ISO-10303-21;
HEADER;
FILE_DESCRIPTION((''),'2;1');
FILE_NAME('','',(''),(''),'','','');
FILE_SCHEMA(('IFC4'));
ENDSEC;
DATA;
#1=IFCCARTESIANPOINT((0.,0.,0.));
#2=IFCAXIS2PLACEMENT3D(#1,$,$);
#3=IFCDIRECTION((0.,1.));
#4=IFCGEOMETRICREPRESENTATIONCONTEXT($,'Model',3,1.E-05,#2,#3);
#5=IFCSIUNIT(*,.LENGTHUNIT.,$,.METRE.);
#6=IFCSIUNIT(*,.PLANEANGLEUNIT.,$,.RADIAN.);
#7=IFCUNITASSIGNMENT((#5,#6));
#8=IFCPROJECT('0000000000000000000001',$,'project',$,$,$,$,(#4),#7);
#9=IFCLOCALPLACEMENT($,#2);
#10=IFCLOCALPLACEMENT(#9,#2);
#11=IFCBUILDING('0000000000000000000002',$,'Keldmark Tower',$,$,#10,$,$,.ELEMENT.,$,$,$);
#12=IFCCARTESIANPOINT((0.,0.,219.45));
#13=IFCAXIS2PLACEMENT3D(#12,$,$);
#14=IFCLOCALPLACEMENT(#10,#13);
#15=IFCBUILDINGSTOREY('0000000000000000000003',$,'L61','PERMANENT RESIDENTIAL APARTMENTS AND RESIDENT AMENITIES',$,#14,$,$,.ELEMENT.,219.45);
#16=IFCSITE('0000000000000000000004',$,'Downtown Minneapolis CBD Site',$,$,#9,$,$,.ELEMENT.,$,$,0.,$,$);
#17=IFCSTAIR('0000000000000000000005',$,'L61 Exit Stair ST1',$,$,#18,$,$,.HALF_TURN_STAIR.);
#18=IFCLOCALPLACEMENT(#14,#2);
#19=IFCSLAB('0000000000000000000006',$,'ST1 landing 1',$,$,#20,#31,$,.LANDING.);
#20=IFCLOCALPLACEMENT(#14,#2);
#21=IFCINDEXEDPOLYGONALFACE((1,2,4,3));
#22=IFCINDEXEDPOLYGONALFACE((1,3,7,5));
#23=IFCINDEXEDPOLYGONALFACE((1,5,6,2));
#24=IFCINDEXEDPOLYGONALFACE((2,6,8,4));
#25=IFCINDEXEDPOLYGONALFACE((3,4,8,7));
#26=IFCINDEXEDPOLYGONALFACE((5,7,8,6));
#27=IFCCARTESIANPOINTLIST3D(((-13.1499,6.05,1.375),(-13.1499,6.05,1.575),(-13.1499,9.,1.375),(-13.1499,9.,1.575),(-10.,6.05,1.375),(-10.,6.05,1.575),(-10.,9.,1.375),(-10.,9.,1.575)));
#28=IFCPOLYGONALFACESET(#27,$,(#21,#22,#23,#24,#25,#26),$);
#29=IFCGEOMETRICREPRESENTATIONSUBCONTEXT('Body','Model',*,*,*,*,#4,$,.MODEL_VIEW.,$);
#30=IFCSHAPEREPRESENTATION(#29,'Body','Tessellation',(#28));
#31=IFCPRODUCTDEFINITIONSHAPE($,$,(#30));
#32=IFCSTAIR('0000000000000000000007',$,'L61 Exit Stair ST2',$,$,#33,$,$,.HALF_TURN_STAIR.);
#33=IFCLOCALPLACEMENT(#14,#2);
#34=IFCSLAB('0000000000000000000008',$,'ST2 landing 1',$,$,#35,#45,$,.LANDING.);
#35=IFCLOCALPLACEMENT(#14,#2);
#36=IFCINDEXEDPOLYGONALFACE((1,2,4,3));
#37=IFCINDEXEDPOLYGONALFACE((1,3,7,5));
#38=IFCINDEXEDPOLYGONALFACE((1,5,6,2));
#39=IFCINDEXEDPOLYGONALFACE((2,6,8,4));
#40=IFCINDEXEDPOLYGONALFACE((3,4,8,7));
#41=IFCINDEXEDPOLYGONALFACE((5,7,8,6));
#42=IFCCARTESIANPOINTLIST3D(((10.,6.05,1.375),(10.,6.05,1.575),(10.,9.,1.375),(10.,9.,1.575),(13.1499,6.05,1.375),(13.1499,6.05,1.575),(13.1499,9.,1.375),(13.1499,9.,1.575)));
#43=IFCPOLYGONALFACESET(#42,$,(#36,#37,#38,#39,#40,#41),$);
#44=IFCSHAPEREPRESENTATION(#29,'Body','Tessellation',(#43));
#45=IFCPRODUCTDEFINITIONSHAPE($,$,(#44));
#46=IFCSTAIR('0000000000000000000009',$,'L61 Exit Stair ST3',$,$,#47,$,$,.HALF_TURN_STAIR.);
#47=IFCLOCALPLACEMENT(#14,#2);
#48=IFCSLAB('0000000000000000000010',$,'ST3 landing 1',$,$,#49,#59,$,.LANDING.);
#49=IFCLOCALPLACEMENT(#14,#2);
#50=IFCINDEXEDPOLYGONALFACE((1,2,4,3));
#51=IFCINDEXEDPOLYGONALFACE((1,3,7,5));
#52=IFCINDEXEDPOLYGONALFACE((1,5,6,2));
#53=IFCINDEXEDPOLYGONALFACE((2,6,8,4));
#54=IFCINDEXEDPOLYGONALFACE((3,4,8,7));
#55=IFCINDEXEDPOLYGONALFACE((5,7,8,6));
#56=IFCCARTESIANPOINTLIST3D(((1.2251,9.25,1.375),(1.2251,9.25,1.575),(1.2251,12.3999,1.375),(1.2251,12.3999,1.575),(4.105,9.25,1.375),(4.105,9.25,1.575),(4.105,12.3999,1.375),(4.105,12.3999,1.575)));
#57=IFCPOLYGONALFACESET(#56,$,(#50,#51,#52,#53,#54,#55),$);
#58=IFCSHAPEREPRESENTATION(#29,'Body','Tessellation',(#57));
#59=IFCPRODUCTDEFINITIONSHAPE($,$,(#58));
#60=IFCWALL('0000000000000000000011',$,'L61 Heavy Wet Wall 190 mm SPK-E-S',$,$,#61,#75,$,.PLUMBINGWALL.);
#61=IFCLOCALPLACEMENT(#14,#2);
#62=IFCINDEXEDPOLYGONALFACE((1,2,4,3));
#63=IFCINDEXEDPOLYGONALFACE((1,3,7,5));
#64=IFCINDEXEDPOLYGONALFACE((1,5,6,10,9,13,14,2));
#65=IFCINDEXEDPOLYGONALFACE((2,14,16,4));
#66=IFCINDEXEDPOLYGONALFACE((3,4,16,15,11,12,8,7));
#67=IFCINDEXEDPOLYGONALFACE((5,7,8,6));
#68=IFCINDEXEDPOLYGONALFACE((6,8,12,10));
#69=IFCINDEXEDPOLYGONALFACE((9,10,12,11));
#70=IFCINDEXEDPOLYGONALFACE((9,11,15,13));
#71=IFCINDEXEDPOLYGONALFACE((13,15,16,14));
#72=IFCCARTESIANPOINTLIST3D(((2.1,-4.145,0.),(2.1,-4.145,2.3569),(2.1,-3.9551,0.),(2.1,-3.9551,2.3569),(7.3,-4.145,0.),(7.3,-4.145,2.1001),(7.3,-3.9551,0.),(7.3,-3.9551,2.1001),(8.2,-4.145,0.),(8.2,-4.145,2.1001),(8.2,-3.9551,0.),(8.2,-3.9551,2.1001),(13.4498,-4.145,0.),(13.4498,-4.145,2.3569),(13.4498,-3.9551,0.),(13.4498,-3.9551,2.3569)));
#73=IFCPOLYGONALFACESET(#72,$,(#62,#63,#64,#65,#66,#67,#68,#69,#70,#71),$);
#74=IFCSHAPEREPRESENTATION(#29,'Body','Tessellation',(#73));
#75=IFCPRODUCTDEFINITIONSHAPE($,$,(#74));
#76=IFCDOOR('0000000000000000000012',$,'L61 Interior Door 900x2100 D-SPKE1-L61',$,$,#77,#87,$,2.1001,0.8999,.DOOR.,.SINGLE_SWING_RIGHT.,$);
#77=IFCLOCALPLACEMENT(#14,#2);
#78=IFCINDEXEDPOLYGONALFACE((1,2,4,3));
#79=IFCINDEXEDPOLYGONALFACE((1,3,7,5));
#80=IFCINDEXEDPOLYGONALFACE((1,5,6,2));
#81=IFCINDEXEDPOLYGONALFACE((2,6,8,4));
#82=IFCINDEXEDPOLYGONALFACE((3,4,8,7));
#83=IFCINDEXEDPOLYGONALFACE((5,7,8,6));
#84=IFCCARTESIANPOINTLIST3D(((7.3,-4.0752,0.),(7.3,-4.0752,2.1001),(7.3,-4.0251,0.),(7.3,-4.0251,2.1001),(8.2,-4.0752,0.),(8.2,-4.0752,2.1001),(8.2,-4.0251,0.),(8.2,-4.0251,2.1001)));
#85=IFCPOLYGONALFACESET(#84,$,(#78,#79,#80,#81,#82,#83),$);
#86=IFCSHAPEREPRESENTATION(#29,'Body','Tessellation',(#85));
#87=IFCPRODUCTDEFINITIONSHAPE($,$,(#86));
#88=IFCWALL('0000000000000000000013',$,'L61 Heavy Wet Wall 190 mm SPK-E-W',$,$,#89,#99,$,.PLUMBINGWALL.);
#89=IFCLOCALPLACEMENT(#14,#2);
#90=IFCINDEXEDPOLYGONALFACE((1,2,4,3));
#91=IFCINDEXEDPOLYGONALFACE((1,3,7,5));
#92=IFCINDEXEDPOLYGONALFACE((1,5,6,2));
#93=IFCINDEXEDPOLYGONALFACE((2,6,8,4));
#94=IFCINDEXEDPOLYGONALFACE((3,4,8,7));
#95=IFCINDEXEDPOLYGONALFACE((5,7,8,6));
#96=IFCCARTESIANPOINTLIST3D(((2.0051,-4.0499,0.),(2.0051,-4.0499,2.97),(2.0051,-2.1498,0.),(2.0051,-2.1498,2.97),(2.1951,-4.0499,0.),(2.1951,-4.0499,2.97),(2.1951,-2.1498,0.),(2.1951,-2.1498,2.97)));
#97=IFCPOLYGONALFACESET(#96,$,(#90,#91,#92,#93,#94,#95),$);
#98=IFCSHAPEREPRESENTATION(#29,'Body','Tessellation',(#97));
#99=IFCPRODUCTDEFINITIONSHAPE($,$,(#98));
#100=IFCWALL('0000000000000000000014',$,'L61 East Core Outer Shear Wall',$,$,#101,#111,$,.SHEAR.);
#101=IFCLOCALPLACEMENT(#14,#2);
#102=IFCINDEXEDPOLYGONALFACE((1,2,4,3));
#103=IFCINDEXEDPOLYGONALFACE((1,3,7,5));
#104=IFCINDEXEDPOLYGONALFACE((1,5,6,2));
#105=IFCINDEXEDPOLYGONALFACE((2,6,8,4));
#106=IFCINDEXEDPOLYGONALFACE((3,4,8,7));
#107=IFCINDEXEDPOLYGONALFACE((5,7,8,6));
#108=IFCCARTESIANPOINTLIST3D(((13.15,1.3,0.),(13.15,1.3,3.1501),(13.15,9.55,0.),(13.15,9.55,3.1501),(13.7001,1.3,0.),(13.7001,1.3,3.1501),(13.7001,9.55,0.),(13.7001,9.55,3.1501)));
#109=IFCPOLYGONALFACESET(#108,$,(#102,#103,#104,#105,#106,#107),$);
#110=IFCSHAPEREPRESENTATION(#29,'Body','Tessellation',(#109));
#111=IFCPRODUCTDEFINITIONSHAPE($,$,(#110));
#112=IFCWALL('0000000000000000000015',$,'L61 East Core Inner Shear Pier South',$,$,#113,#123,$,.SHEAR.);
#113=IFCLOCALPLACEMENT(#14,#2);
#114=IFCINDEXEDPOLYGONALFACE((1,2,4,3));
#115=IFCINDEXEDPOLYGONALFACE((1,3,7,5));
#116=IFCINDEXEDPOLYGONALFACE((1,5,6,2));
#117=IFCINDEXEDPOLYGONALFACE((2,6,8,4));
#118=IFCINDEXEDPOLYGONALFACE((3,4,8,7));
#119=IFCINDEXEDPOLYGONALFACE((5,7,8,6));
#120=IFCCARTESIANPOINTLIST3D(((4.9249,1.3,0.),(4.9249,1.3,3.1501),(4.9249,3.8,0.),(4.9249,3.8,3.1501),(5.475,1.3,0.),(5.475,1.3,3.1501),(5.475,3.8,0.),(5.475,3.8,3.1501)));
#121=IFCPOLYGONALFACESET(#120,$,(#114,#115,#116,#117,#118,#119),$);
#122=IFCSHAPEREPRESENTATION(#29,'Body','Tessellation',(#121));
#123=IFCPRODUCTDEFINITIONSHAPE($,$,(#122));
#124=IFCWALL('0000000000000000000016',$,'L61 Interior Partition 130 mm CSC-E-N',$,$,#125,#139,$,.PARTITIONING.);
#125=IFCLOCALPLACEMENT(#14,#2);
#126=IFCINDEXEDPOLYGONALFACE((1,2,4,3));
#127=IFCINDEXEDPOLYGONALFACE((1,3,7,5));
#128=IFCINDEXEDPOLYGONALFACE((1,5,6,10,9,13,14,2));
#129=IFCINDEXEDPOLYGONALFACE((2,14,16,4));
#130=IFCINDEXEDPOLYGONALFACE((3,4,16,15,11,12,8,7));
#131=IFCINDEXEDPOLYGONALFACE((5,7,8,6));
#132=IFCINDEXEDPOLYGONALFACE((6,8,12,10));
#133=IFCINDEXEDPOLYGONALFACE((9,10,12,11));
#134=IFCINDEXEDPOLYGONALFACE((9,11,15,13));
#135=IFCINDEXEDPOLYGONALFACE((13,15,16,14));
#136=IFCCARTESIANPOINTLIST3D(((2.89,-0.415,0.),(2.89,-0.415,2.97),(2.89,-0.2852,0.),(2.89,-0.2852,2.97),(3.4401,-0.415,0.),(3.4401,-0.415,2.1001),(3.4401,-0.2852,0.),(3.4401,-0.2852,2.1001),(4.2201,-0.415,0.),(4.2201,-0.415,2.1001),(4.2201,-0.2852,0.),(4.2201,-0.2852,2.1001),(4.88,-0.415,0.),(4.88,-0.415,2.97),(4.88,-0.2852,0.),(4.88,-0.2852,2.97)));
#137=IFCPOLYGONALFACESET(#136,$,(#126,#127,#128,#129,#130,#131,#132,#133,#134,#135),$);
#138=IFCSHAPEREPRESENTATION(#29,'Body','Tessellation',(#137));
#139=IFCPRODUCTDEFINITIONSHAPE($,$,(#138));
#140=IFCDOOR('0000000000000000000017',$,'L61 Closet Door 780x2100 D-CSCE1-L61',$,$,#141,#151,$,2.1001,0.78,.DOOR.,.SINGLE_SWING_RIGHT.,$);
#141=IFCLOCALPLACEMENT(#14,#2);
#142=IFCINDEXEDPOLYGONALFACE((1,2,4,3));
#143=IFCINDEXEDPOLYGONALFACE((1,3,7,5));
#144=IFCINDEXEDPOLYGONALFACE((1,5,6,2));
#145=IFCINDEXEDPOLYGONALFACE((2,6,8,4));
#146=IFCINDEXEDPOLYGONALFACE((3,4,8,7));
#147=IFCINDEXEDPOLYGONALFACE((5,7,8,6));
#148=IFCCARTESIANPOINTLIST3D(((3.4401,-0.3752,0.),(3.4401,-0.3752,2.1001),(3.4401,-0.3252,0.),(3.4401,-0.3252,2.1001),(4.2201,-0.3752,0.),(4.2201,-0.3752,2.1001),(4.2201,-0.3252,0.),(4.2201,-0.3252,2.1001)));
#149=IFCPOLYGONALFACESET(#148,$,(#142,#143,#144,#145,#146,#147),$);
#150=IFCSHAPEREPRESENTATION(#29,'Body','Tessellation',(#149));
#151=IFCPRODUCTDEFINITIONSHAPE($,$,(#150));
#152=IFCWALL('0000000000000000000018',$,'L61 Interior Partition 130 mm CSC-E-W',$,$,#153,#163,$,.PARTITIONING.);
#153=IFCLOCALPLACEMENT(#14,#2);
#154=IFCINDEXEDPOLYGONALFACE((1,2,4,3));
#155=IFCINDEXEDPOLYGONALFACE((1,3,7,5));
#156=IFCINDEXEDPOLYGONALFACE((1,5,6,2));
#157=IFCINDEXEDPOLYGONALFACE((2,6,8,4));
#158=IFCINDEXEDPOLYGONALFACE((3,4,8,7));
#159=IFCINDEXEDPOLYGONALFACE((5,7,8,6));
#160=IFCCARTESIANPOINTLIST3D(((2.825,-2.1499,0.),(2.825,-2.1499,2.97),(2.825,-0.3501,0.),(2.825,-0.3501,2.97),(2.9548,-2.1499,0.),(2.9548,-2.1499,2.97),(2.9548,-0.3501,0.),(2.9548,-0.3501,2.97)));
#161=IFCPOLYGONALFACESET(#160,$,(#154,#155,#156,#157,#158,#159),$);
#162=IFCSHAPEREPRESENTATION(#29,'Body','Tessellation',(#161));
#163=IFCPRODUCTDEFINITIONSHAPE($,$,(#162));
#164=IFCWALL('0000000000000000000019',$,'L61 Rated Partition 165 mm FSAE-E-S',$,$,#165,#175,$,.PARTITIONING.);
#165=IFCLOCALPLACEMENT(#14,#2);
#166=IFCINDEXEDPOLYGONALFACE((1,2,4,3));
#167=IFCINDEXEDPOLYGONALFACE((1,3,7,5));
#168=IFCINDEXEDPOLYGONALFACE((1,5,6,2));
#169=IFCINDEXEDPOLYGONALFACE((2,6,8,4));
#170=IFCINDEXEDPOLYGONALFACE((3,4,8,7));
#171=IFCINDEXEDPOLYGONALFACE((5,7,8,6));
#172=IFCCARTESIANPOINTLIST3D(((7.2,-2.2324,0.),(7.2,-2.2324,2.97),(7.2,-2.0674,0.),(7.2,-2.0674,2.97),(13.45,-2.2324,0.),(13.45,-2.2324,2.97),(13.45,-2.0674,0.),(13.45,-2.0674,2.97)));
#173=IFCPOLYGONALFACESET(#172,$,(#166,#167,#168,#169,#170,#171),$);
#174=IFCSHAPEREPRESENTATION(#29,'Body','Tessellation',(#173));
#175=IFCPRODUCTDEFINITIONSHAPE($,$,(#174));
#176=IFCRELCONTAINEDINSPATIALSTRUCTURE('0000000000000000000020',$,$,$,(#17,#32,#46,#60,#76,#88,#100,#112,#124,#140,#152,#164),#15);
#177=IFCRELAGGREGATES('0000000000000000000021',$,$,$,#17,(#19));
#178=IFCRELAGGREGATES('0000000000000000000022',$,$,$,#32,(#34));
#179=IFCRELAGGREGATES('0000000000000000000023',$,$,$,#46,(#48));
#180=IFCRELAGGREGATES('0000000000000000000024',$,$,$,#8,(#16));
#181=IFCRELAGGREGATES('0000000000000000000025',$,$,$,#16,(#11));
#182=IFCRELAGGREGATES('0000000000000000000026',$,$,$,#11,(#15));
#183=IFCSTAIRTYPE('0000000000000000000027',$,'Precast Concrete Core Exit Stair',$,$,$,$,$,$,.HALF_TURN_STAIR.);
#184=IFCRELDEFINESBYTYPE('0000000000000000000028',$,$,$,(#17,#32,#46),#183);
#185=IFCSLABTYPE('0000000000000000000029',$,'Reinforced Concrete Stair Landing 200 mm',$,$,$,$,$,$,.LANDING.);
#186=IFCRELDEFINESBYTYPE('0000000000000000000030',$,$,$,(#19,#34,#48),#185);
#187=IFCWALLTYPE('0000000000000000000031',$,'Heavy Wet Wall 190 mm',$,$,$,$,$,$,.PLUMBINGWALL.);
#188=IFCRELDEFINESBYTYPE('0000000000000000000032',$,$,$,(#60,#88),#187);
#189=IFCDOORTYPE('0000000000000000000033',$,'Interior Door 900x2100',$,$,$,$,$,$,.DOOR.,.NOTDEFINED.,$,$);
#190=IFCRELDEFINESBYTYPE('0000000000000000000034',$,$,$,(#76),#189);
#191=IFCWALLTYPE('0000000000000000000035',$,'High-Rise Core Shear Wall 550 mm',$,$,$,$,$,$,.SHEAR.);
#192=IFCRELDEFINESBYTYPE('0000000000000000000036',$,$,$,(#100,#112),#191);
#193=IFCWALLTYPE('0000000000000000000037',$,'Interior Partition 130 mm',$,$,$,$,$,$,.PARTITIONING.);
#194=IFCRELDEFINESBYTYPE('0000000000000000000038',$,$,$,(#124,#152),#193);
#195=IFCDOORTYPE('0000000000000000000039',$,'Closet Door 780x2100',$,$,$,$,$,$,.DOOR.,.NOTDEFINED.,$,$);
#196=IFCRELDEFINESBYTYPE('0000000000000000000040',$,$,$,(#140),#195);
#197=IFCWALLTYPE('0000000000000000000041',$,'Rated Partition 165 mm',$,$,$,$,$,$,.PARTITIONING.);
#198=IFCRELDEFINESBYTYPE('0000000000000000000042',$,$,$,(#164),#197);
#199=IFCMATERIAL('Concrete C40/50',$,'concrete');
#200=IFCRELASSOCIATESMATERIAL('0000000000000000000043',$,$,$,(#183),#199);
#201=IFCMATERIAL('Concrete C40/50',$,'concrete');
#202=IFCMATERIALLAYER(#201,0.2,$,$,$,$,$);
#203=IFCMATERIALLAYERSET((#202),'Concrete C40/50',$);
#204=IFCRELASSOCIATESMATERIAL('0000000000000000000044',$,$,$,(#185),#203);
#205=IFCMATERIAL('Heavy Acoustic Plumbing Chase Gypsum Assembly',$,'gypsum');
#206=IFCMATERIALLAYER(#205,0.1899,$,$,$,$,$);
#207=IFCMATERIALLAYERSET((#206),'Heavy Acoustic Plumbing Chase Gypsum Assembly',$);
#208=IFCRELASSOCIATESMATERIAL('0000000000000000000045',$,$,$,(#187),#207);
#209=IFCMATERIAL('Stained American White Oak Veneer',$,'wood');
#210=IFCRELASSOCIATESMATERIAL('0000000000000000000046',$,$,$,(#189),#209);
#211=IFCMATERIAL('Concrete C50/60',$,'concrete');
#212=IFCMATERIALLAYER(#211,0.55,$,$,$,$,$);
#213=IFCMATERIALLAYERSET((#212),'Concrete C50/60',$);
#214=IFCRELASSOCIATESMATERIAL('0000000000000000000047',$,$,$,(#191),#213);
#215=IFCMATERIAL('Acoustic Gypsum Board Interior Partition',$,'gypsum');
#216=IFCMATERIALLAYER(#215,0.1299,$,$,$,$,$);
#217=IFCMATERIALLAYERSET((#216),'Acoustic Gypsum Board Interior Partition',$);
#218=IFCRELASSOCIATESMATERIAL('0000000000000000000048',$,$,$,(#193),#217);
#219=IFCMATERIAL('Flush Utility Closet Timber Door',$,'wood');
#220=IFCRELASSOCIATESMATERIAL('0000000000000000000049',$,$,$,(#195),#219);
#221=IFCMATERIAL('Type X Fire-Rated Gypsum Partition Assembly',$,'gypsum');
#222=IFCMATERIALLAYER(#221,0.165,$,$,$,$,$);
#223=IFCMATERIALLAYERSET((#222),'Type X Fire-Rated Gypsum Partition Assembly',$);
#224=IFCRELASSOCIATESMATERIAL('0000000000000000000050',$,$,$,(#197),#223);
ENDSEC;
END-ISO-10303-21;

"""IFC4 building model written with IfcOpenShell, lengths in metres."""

from ifc_helpers import new_model, si_unit, direction, frame, frame_2d, origin, place, context, subcontext, project, spatial, polyline, rectangle, outline, extrude, material, layer, layer_set, type_object, element, fill, aggregate, save


model = new_model("IFC4")

# Units and contexts
model_context = context("Model", 3, precision=1e-05, world=origin(), true_north=direction((0.0, 1.0)))
body_context = subcontext(model_context, "Body", "Model", "MODEL_VIEW")
ifc_project = project(units=[si_unit("LENGTHUNIT", "METRE"), si_unit("PLANEANGLEUNIT", "RADIAN")], contexts=[model_context])

# Site, building, storey
site_placement = place(None, origin())
site = spatial("IfcSite", under=ifc_project, at=site_placement, Name="Downtown Minneapolis CBD Site", CompositionType="ELEMENT", RefElevation=0.0)
building_placement = place(site_placement, origin())
building = spatial("IfcBuilding", under=site, at=building_placement, Name="Keldmark Tower", CompositionType="ELEMENT")
storey_placement = place(building_placement, frame((0.0, 0.0, 219.45)))
storey = spatial("IfcBuildingStorey", under=building, at=storey_placement, Name="L61", Description="PERMANENT RESIDENTIAL APARTMENTS AND RESIDENT AMENITIES", CompositionType="ELEMENT", Elevation=219.45)

# Stairs, slabs
ifc_material_1 = material(Name="Concrete C40/50", Category="concrete")
stair_type = type_object("IfcStairType", Name="Precast Concrete Core Exit Stair", PredefinedType="HALF_TURN_STAIR", material=ifc_material_1)
stair_1_placement = place(storey_placement, origin())
stair_1 = element("IfcStair", 1, at=stair_1_placement, inside=storey, type_object=stair_type, Name="L61 Exit Stair ST1", PredefinedType="HALF_TURN_STAIR")
ifc_material_2 = material(Name="Concrete C40/50", Category="concrete")
ifc_layer_1 = layer(ifc_material_2, 0.2)
ifc_layer_set_1 = layer_set([ifc_layer_1], Name="Concrete C40/50")
slab_type_1 = type_object("IfcSlabType", Name="Reinforced Concrete Stair Landing 200 mm", PredefinedType="LANDING", material=ifc_layer_set_1)
slab_1_placement = place(storey_placement, frame((0.0, 0.0, 1.375)))
slab_1 = element("IfcSlab", 2, at=slab_1_placement, type_object=slab_type_1, Name="ST1 landing 1", PredefinedType="LANDING", context=body_context, shape_type="SweptSolid", body=[
    extrude(outline(polyline([(-10.0, 6.05), (-10.0, 9.0), (-13.1499, 9.0), (-13.1499, 6.05), (-10.0, 6.05)])), origin(), (0.0, 0.0, 1.0), 0.2),
])
aggregate(stair_1, [slab_1])
stair_2_placement = place(storey_placement, origin())
stair_2 = element("IfcStair", 3, at=stair_2_placement, inside=storey, type_object=stair_type, Name="L61 Exit Stair ST2", PredefinedType="HALF_TURN_STAIR")
slab_2_placement = place(storey_placement, frame((0.0, 0.0, 1.375)))
slab_2 = element("IfcSlab", 4, at=slab_2_placement, type_object=slab_type_1, Name="ST2 landing 1", PredefinedType="LANDING", context=body_context, shape_type="SweptSolid", body=[
    extrude(outline(polyline([(13.1499, 6.05), (13.1499, 9.0), (10.0, 9.0), (10.0, 6.05), (13.1499, 6.05)])), origin(), (0.0, 0.0, 1.0), 0.2),
])
aggregate(stair_2, [slab_2])
stair_3_placement = place(storey_placement, origin())
stair_3 = element("IfcStair", 5, at=stair_3_placement, inside=storey, type_object=stair_type, Name="L61 Exit Stair ST3", PredefinedType="HALF_TURN_STAIR")
slab_3_placement = place(storey_placement, frame((0.0, 0.0, 1.375)))
slab_3 = element("IfcSlab", 6, at=slab_3_placement, type_object=slab_type_1, Name="ST3 landing 1", PredefinedType="LANDING", context=body_context, shape_type="SweptSolid", body=[
    extrude(outline(polyline([(1.2251, 9.25), (4.105, 9.25), (4.105, 12.3999), (1.2251, 12.3999), (1.2251, 9.25)])), origin(), (0.0, 0.0, 1.0), 0.2),
])
aggregate(stair_3, [slab_3])

# Wall, opening, door
ifc_material_3 = material(Name="Heavy Acoustic Plumbing Chase Gypsum Assembly", Category="gypsum")
ifc_layer_2 = layer(ifc_material_3, 0.1899)
ifc_layer_set_2 = layer_set([ifc_layer_2], Name="Heavy Acoustic Plumbing Chase Gypsum Assembly")
wall_type_1 = type_object("IfcWallType", Name="Heavy Wet Wall 190 mm", PredefinedType="PLUMBINGWALL", material=ifc_layer_set_2)
wall_1_placement = place(storey_placement, frame((2.1001, -4.05, 0.0), z_axis=(0.0, 0.0, 1.0), x_axis=(1.0, 0.0, 0.0)))
wall_1 = element("IfcWall", 7, at=wall_1_placement, inside=storey, type_object=wall_type_1, Name="L61 Heavy Wet Wall 190 mm SPK-E-S", PredefinedType="PLUMBINGWALL", context=body_context, shape_type="SweptSolid", body=[
    extrude(rectangle(XDim=11.3499, YDim=0.1899, at=frame_2d((5.6748, 0.0))), origin(), (0.0, 0.0, 1.0), 2.3569),
])
opening_1_placement = place(wall_1_placement, frame((5.2, 0.0, 0.0)))
opening_1 = element("IfcOpeningElement", 8, at=opening_1_placement, cuts=wall_1, PredefinedType="OPENING", context=body_context, shape_type="SweptSolid", body=[
    extrude(rectangle(XDim=0.8999, YDim=2.1001, at=frame_2d((0.45, 1.05))), frame((0.0, 0.105, 0.0), z_axis=(0.0, -1.0, 0.0), x_axis=(1.0, 0.0, 0.0)), (0.0, 0.0, 1.0), 0.21),
])
ifc_material_4 = material(Name="Stained American White Oak Veneer", Category="wood")
door_type_1 = type_object("IfcDoorType", Name="Interior Door 900x2100", OperationType="NOTDEFINED", PredefinedType="DOOR", material=ifc_material_4)
door_1_placement = place(opening_1_placement, origin())
door_1 = element("IfcDoor", 9, at=door_1_placement, inside=storey, type_object=door_type_1, Name="L61 Interior Door 900x2100 D-SPKE1-L61", OperationType="SINGLE_SWING_RIGHT", OverallHeight=2.1001, OverallWidth=0.8999, PredefinedType="DOOR", context=body_context, shape_type="SweptSolid", body=[
    extrude(rectangle(XDim=0.8999, YDim=2.1001, at=frame_2d((0.45, 1.05))), frame((0.0, 0.0249, 0.0), z_axis=(0.0, -1.0, 0.0), x_axis=(1.0, 0.0, 0.0)), (0.0, 0.0, 1.0), 0.05),
])
fill(opening_1, door_1)

# Walls
wall_2_placement = place(storey_placement, frame((2.1001, -4.05, 0.0), z_axis=(0.0, 0.0, 1.0), x_axis=(0.0, 1.0, 0.0)))
element("IfcWall", 10, at=wall_2_placement, inside=storey, type_object=wall_type_1, Name="L61 Heavy Wet Wall 190 mm SPK-E-W", PredefinedType="PLUMBINGWALL", context=body_context, shape_type="SweptSolid", body=[
    extrude(rectangle(XDim=1.9001, YDim=0.1899, at=frame_2d((0.9502, 0.0))), origin(), (0.0, 0.0, 1.0), 2.97),
])
ifc_material_5 = material(Name="Concrete C50/60", Category="concrete")
ifc_layer_3 = layer(ifc_material_5, 0.55)
ifc_layer_set_3 = layer_set([ifc_layer_3], Name="Concrete C50/60")
wall_type_2 = type_object("IfcWallType", Name="High-Rise Core Shear Wall 550 mm", PredefinedType="SHEAR", material=ifc_layer_set_3)
wall_3_placement = place(storey_placement, frame((13.425, 1.3, 0.0), z_axis=(0.0, 0.0, 1.0), x_axis=(0.0, 1.0, 0.0)))
element("IfcWall", 11, at=wall_3_placement, inside=storey, type_object=wall_type_2, Name="L61 East Core Outer Shear Wall", PredefinedType="SHEAR", context=body_context, shape_type="SweptSolid", body=[
    extrude(rectangle(XDim=8.25, YDim=0.55, at=frame_2d((4.125, 0.0))), origin(), (0.0, 0.0, 1.0), 3.1501),
])
wall_4_placement = place(storey_placement, frame((5.2, 1.3, 0.0), z_axis=(0.0, 0.0, 1.0), x_axis=(0.0, 1.0, 0.0)))
element("IfcWall", 12, at=wall_4_placement, inside=storey, type_object=wall_type_2, Name="L61 East Core Inner Shear Pier South", PredefinedType="SHEAR", context=body_context, shape_type="SweptSolid", body=[
    extrude(rectangle(XDim=2.5, YDim=0.55, at=frame_2d((1.25, 0.0))), origin(), (0.0, 0.0, 1.0), 3.1501),
])

# Wall, opening, door
ifc_material_6 = material(Name="Acoustic Gypsum Board Interior Partition", Category="gypsum")
ifc_layer_4 = layer(ifc_material_6, 0.1299)
ifc_layer_set_4 = layer_set([ifc_layer_4], Name="Acoustic Gypsum Board Interior Partition")
wall_type_3 = type_object("IfcWallType", Name="Interior Partition 130 mm", PredefinedType="PARTITIONING", material=ifc_layer_set_4)
wall_5_placement = place(storey_placement, frame((2.8899, -0.3501, 0.0), z_axis=(0.0, 0.0, 1.0), x_axis=(1.0, 0.0, 0.0)))
wall_5 = element("IfcWall", 13, at=wall_5_placement, inside=storey, type_object=wall_type_3, Name="L61 Interior Partition 130 mm CSC-E-N", PredefinedType="PARTITIONING", context=body_context, shape_type="SweptSolid", body=[
    extrude(rectangle(XDim=1.99, YDim=0.1299, at=frame_2d((0.9951, 0.0))), origin(), (0.0, 0.0, 1.0), 2.97),
])
opening_2_placement = place(wall_5_placement, frame((0.55, 0.0, 0.0)))
opening_2 = element("IfcOpeningElement", 14, at=opening_2_placement, cuts=wall_5, PredefinedType="OPENING", context=body_context, shape_type="SweptSolid", body=[
    extrude(rectangle(XDim=0.78, YDim=2.1001, at=frame_2d((0.3901, 1.05))), frame((0.0, 0.075, 0.0), z_axis=(0.0, -1.0, 0.0), x_axis=(1.0, 0.0, 0.0)), (0.0, 0.0, 1.0), 0.1499),
])
ifc_material_7 = material(Name="Flush Utility Closet Timber Door", Category="wood")
door_type_2 = type_object("IfcDoorType", Name="Closet Door 780x2100", OperationType="NOTDEFINED", PredefinedType="DOOR", material=ifc_material_7)
door_2_placement = place(opening_2_placement, origin())
door_2 = element("IfcDoor", 15, at=door_2_placement, inside=storey, type_object=door_type_2, Name="L61 Closet Door 780x2100 D-CSCE1-L61", OperationType="SINGLE_SWING_RIGHT", OverallHeight=2.1001, OverallWidth=0.78, PredefinedType="DOOR", context=body_context, shape_type="SweptSolid", body=[
    extrude(rectangle(XDim=0.78, YDim=2.1001, at=frame_2d((0.3901, 1.05))), frame((0.0, 0.0249, 0.0), z_axis=(0.0, -1.0, 0.0), x_axis=(1.0, 0.0, 0.0)), (0.0, 0.0, 1.0), 0.05),
])
fill(opening_2, door_2)

# Walls
wall_6_placement = place(storey_placement, frame((2.8899, -2.1499, 0.0), z_axis=(0.0, 0.0, 1.0), x_axis=(0.0, 1.0, 0.0)))
element("IfcWall", 16, at=wall_6_placement, inside=storey, type_object=wall_type_3, Name="L61 Interior Partition 130 mm CSC-E-W", PredefinedType="PARTITIONING", context=body_context, shape_type="SweptSolid", body=[
    extrude(rectangle(XDim=1.7998, YDim=0.1299, at=frame_2d((0.8999, 0.0))), origin(), (0.0, 0.0, 1.0), 2.97),
])
ifc_material_8 = material(Name="Type X Fire-Rated Gypsum Partition Assembly", Category="gypsum")
ifc_layer_5 = layer(ifc_material_8, 0.165)
ifc_layer_set_5 = layer_set([ifc_layer_5], Name="Type X Fire-Rated Gypsum Partition Assembly")
wall_type_4 = type_object("IfcWallType", Name="Rated Partition 165 mm", PredefinedType="PARTITIONING", material=ifc_layer_set_5)
wall_7_placement = place(storey_placement, frame((7.2, -2.1499, 0.0), z_axis=(0.0, 0.0, 1.0), x_axis=(1.0, 0.0, 0.0)))
element("IfcWall", 17, at=wall_7_placement, inside=storey, type_object=wall_type_4, Name="L61 Rated Partition 165 mm FSAE-E-S", PredefinedType="PARTITIONING", context=body_context, shape_type="SweptSolid", body=[
    extrude(rectangle(XDim=6.25, YDim=0.165, at=frame_2d((3.125, 0.0))), origin(), (0.0, 0.0, 1.0), 2.97),
])

save(model, "model.ifc")
